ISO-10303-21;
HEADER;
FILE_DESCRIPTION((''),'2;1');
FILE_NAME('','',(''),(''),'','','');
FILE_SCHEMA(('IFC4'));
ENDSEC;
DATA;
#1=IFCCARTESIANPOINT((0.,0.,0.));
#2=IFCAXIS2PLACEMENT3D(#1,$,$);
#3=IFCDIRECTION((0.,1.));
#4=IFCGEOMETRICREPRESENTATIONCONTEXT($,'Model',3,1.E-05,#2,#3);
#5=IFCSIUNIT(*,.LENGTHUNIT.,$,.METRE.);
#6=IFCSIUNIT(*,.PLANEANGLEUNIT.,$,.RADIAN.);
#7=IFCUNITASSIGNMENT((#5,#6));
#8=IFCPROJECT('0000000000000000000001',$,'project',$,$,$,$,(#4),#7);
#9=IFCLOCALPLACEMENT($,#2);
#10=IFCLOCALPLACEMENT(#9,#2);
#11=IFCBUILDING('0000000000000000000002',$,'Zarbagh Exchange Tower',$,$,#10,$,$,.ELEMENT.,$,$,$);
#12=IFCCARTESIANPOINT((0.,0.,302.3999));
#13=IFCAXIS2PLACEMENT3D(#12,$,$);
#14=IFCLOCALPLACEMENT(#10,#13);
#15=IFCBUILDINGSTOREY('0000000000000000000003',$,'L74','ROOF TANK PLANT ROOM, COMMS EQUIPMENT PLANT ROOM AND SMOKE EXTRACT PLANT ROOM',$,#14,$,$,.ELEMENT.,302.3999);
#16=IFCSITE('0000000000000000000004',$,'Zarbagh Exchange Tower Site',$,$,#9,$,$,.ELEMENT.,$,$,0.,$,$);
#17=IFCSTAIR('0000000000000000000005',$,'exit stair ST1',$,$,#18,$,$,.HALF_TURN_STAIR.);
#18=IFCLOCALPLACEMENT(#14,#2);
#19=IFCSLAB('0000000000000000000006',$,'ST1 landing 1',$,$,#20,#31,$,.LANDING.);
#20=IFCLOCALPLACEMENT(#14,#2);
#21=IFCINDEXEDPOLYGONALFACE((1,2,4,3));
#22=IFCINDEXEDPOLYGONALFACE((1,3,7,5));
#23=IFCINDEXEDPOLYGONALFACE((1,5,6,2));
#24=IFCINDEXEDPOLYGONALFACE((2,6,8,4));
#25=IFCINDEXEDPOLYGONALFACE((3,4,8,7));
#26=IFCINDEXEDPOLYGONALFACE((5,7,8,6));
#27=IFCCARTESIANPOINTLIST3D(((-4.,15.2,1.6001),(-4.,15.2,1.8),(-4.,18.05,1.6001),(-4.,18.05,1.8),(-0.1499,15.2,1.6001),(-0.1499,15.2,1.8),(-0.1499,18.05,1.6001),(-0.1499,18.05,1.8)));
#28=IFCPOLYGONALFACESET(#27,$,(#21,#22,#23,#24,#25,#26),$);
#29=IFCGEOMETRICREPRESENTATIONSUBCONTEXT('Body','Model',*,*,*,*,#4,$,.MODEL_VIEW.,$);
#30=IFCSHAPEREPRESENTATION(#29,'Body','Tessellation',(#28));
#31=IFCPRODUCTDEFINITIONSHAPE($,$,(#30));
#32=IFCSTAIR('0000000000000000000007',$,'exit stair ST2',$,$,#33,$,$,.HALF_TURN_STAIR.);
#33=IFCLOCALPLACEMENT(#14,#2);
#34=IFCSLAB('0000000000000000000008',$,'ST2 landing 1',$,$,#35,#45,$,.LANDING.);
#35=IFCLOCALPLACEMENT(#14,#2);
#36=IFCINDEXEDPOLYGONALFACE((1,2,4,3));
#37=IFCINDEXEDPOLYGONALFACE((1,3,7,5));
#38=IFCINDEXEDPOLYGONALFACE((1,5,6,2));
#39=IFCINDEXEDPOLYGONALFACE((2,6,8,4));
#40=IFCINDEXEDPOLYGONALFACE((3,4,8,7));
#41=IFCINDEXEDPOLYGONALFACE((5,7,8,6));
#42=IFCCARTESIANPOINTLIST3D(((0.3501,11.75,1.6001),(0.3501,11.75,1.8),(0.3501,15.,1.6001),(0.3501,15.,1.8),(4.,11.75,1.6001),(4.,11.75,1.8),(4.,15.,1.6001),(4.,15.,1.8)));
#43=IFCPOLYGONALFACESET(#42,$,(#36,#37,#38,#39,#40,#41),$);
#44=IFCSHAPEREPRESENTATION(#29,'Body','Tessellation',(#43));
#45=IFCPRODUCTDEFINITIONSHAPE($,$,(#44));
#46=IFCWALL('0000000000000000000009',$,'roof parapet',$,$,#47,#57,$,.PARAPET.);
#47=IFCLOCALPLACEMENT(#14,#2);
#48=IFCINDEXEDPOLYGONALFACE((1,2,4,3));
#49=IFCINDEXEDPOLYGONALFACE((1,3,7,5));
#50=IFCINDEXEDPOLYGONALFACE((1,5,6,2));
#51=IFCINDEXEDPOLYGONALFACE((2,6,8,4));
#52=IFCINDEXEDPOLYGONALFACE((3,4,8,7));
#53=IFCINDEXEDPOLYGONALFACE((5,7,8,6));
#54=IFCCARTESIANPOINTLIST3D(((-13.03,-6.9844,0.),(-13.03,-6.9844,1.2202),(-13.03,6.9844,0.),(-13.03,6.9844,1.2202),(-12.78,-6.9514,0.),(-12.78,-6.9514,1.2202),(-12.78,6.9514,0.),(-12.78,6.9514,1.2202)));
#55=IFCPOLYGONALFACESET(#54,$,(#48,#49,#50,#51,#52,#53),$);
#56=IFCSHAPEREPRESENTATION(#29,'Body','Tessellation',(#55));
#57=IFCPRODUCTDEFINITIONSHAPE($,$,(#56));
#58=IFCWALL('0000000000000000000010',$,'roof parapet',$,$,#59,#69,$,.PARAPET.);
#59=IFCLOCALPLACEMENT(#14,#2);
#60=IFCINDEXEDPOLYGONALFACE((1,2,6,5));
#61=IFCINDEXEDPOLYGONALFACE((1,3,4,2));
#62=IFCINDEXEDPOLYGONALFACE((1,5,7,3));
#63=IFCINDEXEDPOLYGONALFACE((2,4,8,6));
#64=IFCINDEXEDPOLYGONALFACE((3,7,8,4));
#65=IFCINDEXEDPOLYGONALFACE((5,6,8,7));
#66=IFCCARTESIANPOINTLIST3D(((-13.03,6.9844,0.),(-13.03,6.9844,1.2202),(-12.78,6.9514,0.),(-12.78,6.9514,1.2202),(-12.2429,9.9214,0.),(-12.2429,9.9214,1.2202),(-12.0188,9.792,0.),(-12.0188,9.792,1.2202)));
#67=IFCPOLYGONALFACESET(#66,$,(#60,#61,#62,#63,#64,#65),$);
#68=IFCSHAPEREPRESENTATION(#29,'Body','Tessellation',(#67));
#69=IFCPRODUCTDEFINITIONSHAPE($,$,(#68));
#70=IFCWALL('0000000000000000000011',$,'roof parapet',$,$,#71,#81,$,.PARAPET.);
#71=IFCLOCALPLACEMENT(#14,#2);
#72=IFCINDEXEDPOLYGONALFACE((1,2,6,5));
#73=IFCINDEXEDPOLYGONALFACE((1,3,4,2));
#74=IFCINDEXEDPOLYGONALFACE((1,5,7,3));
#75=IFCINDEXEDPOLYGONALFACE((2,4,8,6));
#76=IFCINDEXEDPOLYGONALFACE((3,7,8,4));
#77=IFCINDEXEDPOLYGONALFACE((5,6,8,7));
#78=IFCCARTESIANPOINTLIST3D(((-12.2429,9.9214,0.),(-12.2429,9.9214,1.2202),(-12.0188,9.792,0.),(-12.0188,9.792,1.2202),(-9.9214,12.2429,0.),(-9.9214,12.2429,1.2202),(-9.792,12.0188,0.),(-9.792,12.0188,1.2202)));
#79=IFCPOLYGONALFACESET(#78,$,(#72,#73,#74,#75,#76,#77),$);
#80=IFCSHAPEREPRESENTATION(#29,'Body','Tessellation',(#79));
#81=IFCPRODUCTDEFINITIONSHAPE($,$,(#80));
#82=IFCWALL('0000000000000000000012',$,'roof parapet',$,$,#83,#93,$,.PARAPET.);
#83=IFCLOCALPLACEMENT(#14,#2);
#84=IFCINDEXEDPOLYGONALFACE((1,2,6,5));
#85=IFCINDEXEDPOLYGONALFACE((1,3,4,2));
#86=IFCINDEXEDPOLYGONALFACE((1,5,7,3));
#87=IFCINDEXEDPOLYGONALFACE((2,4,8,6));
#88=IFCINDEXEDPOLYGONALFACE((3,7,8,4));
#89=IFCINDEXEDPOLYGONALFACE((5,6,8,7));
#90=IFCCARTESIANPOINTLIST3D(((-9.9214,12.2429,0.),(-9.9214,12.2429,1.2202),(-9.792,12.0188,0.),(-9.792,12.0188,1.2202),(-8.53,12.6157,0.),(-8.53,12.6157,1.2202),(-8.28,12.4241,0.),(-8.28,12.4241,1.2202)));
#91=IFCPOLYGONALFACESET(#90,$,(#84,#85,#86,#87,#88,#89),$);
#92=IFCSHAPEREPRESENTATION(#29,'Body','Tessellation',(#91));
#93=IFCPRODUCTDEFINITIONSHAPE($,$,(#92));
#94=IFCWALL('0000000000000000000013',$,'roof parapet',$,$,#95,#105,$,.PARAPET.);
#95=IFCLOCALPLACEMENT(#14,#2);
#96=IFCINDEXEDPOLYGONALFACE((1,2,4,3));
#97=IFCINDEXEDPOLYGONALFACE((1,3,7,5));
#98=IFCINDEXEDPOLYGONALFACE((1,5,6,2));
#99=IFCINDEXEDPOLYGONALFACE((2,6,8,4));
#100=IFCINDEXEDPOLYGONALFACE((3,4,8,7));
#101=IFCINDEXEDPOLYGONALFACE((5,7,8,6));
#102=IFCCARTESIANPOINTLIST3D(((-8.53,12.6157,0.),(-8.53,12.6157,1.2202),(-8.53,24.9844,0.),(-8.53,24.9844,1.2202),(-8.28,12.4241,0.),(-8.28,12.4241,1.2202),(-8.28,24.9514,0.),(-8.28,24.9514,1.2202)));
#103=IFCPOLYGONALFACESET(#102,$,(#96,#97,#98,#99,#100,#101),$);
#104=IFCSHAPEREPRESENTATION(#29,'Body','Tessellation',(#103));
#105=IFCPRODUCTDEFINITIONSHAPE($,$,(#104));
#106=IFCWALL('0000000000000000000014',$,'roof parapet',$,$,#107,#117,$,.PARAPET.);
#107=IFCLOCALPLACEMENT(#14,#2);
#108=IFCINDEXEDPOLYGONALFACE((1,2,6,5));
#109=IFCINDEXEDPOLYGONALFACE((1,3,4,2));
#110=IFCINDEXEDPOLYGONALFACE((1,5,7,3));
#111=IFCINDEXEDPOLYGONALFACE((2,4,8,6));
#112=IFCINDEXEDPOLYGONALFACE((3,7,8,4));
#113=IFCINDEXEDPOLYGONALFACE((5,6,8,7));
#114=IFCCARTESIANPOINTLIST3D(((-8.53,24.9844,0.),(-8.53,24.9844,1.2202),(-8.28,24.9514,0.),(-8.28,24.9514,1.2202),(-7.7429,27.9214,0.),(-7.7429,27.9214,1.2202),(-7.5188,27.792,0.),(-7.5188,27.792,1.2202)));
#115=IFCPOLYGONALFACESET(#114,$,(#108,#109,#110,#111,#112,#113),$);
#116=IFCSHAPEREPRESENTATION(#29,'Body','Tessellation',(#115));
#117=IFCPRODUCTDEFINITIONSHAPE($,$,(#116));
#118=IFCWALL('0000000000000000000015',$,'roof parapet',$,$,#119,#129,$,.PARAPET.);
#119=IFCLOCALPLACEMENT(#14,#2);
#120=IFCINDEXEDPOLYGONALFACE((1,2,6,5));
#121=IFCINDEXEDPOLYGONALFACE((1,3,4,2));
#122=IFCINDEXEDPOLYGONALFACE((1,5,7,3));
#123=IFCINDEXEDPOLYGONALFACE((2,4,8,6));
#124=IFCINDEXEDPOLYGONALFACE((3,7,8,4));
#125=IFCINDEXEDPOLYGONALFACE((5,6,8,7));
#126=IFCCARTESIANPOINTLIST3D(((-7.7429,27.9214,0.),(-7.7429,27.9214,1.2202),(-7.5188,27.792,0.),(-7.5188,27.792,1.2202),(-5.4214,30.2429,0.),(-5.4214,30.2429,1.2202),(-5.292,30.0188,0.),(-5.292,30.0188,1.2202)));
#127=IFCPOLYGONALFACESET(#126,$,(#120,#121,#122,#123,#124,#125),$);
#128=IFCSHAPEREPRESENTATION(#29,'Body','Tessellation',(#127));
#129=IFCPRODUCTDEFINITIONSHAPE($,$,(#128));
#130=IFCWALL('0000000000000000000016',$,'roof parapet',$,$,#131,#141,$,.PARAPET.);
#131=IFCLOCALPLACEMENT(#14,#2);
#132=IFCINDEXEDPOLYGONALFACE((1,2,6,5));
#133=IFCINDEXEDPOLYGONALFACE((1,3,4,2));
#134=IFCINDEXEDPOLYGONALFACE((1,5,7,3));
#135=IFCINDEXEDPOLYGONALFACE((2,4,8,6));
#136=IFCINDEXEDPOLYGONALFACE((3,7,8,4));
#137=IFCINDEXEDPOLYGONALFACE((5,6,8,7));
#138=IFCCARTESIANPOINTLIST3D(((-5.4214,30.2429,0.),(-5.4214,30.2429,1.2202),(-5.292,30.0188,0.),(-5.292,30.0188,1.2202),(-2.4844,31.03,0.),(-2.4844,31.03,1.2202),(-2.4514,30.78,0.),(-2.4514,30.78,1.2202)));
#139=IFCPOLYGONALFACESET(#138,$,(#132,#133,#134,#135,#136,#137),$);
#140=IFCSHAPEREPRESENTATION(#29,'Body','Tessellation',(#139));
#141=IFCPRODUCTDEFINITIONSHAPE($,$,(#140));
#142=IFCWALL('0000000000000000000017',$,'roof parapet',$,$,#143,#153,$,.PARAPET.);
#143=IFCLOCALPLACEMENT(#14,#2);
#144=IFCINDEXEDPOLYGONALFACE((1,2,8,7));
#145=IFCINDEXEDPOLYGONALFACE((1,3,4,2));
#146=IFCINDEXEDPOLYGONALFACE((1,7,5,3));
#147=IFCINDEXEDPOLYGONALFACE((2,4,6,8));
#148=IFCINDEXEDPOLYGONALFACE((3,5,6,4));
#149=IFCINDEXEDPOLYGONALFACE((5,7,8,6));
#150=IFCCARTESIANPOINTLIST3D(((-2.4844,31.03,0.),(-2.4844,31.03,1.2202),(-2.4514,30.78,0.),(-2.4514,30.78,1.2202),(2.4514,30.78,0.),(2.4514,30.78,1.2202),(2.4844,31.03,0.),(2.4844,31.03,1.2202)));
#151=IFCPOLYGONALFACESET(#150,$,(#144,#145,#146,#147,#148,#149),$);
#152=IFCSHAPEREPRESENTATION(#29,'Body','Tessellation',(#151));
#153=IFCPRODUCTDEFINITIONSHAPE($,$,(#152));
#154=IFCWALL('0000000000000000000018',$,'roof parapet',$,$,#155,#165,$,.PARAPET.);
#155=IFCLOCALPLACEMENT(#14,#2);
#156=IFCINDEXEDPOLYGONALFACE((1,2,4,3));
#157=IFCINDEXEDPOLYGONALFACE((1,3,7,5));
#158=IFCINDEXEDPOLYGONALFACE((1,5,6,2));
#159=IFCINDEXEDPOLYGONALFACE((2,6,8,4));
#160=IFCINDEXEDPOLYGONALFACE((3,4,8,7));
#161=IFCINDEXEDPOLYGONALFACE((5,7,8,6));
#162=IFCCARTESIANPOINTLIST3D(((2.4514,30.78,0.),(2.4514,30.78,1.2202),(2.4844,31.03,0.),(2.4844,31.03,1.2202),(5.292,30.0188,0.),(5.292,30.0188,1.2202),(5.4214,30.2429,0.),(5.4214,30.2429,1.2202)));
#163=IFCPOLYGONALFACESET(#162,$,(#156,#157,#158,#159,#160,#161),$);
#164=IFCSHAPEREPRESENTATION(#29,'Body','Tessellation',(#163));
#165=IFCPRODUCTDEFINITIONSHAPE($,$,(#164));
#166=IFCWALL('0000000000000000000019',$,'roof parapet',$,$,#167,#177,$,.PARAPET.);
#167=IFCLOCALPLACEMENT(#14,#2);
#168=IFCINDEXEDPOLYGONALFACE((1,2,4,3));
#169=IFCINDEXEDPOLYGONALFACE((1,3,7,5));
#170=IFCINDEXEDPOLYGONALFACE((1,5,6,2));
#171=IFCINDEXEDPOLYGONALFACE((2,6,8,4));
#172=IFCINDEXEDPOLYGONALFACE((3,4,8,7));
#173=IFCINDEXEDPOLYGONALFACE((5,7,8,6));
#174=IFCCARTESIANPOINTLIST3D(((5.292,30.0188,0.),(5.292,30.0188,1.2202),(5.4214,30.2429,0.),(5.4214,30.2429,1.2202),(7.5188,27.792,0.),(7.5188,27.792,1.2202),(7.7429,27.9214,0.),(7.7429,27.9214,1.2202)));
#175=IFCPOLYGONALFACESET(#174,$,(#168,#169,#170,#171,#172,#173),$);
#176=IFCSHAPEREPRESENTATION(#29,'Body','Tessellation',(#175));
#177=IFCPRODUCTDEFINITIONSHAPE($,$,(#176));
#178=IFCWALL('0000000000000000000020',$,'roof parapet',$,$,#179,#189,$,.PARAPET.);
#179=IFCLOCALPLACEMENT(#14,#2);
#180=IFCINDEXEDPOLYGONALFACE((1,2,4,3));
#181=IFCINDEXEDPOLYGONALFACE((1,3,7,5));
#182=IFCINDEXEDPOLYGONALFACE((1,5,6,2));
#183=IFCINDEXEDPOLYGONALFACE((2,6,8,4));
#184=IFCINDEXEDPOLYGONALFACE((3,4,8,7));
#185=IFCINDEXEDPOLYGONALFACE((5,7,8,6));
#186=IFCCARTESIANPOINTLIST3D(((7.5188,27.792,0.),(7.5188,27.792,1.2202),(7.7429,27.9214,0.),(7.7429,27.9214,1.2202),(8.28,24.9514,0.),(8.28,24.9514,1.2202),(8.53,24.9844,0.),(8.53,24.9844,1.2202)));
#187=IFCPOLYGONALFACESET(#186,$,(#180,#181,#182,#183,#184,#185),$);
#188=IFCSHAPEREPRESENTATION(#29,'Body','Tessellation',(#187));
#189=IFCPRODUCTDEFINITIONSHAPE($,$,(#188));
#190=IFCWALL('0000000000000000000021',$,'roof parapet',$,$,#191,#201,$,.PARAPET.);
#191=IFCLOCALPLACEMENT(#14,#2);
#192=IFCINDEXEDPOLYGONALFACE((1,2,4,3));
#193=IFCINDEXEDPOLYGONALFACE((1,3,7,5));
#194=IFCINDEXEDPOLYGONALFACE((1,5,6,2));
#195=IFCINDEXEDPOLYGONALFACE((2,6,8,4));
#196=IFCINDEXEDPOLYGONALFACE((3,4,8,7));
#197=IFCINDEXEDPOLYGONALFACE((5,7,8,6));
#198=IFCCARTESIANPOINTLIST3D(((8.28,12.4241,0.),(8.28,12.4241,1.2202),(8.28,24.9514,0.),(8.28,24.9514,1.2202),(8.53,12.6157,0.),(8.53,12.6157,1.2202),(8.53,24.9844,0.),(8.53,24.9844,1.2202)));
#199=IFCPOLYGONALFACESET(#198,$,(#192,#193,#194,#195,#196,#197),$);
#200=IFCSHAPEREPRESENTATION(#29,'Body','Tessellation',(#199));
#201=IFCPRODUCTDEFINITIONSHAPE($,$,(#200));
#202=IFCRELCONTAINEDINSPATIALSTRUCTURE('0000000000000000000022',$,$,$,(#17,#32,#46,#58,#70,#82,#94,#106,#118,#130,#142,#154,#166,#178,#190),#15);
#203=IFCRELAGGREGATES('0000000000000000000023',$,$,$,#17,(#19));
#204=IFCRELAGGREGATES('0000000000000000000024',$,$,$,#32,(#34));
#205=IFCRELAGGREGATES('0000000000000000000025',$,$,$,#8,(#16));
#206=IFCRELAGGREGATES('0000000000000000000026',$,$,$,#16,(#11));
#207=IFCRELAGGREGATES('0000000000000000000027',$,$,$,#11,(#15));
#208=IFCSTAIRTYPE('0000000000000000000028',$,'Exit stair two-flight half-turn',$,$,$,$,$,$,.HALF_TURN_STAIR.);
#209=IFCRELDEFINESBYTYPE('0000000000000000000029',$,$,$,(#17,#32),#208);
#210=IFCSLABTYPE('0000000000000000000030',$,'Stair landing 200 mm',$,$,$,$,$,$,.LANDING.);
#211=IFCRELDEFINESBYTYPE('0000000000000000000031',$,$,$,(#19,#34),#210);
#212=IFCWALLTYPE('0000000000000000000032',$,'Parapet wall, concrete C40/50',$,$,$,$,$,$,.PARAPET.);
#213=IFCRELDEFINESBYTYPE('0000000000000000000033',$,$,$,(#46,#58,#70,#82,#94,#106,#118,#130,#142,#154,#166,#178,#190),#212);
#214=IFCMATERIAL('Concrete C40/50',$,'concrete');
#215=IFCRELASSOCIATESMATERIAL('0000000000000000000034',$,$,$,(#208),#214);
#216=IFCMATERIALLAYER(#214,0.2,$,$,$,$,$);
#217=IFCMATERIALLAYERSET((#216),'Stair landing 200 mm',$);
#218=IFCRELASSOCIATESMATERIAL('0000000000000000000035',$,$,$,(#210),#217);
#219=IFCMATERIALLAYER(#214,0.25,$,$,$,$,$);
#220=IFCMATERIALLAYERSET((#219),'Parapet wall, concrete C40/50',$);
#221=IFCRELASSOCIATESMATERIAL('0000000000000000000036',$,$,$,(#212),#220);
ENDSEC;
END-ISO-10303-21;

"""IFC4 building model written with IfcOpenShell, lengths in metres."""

from ifc_helpers import new_model, si_unit, direction, frame, origin, place, context, subcontext, project, spatial, polyline, outline, extrude, material, layer, layer_set, type_object, element, aggregate, save


model = new_model("IFC4")

# Units and contexts
model_context = context("Model", 3, precision=1e-05, world=origin(), true_north=direction((0.0, 1.0)))
body_context = subcontext(model_context, "Body", "Model", "MODEL_VIEW")
ifc_project = project(units=[si_unit("LENGTHUNIT", "METRE"), si_unit("PLANEANGLEUNIT", "RADIAN")], contexts=[model_context])

# Site, building, storey
site_placement = place(None, origin())
site = spatial("IfcSite", under=ifc_project, at=site_placement, Name="Zarbagh Exchange Tower Site", CompositionType="ELEMENT", RefElevation=0.0)
building_placement = place(site_placement, origin())
building = spatial("IfcBuilding", under=site, at=building_placement, Name="Zarbagh Exchange Tower", CompositionType="ELEMENT")
storey_placement = place(building_placement, frame((0.0, 0.0, 302.3999)))
storey = spatial("IfcBuildingStorey", under=building, at=storey_placement, Name="L74", Description="ROOF TANK PLANT ROOM, COMMS EQUIPMENT PLANT ROOM AND SMOKE EXTRACT PLANT ROOM", CompositionType="ELEMENT", Elevation=302.3999)

# Stairs, slabs
ifc_material_1 = material(Name="Concrete C40/50", Category="concrete")
stair_type = type_object("IfcStairType", Name="Exit stair two-flight half-turn", PredefinedType="HALF_TURN_STAIR", material=ifc_material_1)
stair_1_placement = place(storey_placement, origin())
stair_1 = element("IfcStair", 1, at=stair_1_placement, inside=storey, type_object=stair_type, Name="exit stair ST1", PredefinedType="HALF_TURN_STAIR")
ifc_layer_1 = layer(ifc_material_1, 0.2)
ifc_layer_set_1 = layer_set([ifc_layer_1], Name="Stair landing 200 mm")
slab_type = type_object("IfcSlabType", Name="Stair landing 200 mm", PredefinedType="LANDING", material=ifc_layer_set_1)
slab_1_placement = place(storey_placement, frame((0.0, 0.0, 1.6001)))
slab_1 = element("IfcSlab", 2, at=slab_1_placement, type_object=slab_type, Name="ST1 landing 1", PredefinedType="LANDING", context=body_context, shape_type="SweptSolid", body=[
    extrude(outline(polyline([(-0.1499, 18.05), (-4.0, 18.05), (-4.0, 15.2), (-0.1499, 15.2), (-0.1499, 18.05)])), origin(), (0.0, 0.0, 1.0), 0.2),
])
aggregate(stair_1, [slab_1])
stair_2_placement = place(storey_placement, origin())
stair_2 = element("IfcStair", 3, at=stair_2_placement, inside=storey, type_object=stair_type, Name="exit stair ST2", PredefinedType="HALF_TURN_STAIR")
slab_2_placement = place(storey_placement, frame((0.0, 0.0, 1.6001)))
slab_2 = element("IfcSlab", 4, at=slab_2_placement, type_object=slab_type, Name="ST2 landing 1", PredefinedType="LANDING", context=body_context, shape_type="SweptSolid", body=[
    extrude(outline(polyline([(0.3501, 11.75), (4.0, 11.75), (4.0, 15.0), (0.3501, 15.0), (0.3501, 11.75)])), origin(), (0.0, 0.0, 1.0), 0.2),
])
aggregate(stair_2, [slab_2])

# Walls
ifc_layer_2 = layer(ifc_material_1, 0.25)
ifc_layer_set_2 = layer_set([ifc_layer_2], Name="Parapet wall, concrete C40/50")
wall_type_1 = type_object("IfcWallType", Name="Parapet wall, concrete C40/50", PredefinedType="PARAPET", material=ifc_layer_set_2)
wall_1_placement = place(storey_placement, origin())
element("IfcWall", 5, at=wall_1_placement, inside=storey, type_object=wall_type_1, Name="roof parapet", PredefinedType="PARAPET", context=body_context, shape_type="SweptSolid", body=[
    extrude(outline(polyline([(-13.03, -6.9844), (-13.03, 6.9844), (-12.78, 6.9514), (-12.78, -6.9514), (-13.03, -6.9844)])), origin(), (0.0, 0.0, 1.0), 1.2202),
])
wall_2_placement = place(storey_placement, origin())
element("IfcWall", 6, at=wall_2_placement, inside=storey, type_object=wall_type_1, Name="roof parapet", PredefinedType="PARAPET", context=body_context, shape_type="SweptSolid", body=[
    extrude(outline(polyline([(-13.03, 6.9844), (-12.2429, 9.9214), (-12.0188, 9.792), (-12.78, 6.9514), (-13.03, 6.9844)])), origin(), (0.0, 0.0, 1.0), 1.2202),
])
wall_3_placement = place(storey_placement, origin())
element("IfcWall", 7, at=wall_3_placement, inside=storey, type_object=wall_type_1, Name="roof parapet", PredefinedType="PARAPET", context=body_context, shape_type="SweptSolid", body=[
    extrude(outline(polyline([(-12.2429, 9.9214), (-9.9214, 12.2429), (-9.792, 12.0188), (-12.0188, 9.792), (-12.2429, 9.9214)])), origin(), (0.0, 0.0, 1.0), 1.2202),
])
wall_4_placement = place(storey_placement, origin())
element("IfcWall", 8, at=wall_4_placement, inside=storey, type_object=wall_type_1, Name="roof parapet", PredefinedType="PARAPET", context=body_context, shape_type="SweptSolid", body=[
    extrude(outline(polyline([(-9.9214, 12.2429), (-8.53, 12.6157), (-8.28, 12.4241), (-9.792, 12.0188), (-9.9214, 12.2429)])), origin(), (0.0, 0.0, 1.0), 1.2202),
])
wall_5_placement = place(storey_placement, origin())
element("IfcWall", 9, at=wall_5_placement, inside=storey, type_object=wall_type_1, Name="roof parapet", PredefinedType="PARAPET", context=body_context, shape_type="SweptSolid", body=[
    extrude(outline(polyline([(-8.53, 12.6157), (-8.53, 24.9844), (-8.28, 24.9514), (-8.28, 12.4241), (-8.53, 12.6157)])), origin(), (0.0, 0.0, 1.0), 1.2202),
])
wall_6_placement = place(storey_placement, origin())
element("IfcWall", 10, at=wall_6_placement, inside=storey, type_object=wall_type_1, Name="roof parapet", PredefinedType="PARAPET", context=body_context, shape_type="SweptSolid", body=[
    extrude(outline(polyline([(-8.53, 24.9844), (-7.7429, 27.9214), (-7.5188, 27.792), (-8.28, 24.9514), (-8.53, 24.9844)])), origin(), (0.0, 0.0, 1.0), 1.2202),
])
wall_7_placement = place(storey_placement, origin())
element("IfcWall", 11, at=wall_7_placement, inside=storey, type_object=wall_type_1, Name="roof parapet", PredefinedType="PARAPET", context=body_context, shape_type="SweptSolid", body=[
    extrude(outline(polyline([(-7.7429, 27.9214), (-5.4214, 30.2429), (-5.292, 30.0188), (-7.5188, 27.792), (-7.7429, 27.9214)])), origin(), (0.0, 0.0, 1.0), 1.2202),
])
wall_8_placement = place(storey_placement, origin())
element("IfcWall", 12, at=wall_8_placement, inside=storey, type_object=wall_type_1, Name="roof parapet", PredefinedType="PARAPET", context=body_context, shape_type="SweptSolid", body=[
    extrude(outline(polyline([(-5.4214, 30.2429), (-2.4844, 31.03), (-2.4514, 30.78), (-5.292, 30.0188), (-5.4214, 30.2429)])), origin(), (0.0, 0.0, 1.0), 1.2202),
])
wall_9_placement = place(storey_placement, origin())
element("IfcWall", 13, at=wall_9_placement, inside=storey, type_object=wall_type_1, Name="roof parapet", PredefinedType="PARAPET", context=body_context, shape_type="SweptSolid", body=[
    extrude(outline(polyline([(-2.4844, 31.03), (2.4844, 31.03), (2.4514, 30.78), (-2.4514, 30.78), (-2.4844, 31.03)])), origin(), (0.0, 0.0, 1.0), 1.2202),
])
wall_10_placement = place(storey_placement, origin())
element("IfcWall", 14, at=wall_10_placement, inside=storey, type_object=wall_type_1, Name="roof parapet", PredefinedType="PARAPET", context=body_context, shape_type="SweptSolid", body=[
    extrude(outline(polyline([(2.4844, 31.03), (5.4214, 30.2429), (5.292, 30.0188), (2.4514, 30.78), (2.4844, 31.03)])), origin(), (0.0, 0.0, 1.0), 1.2202),
])
wall_11_placement = place(storey_placement, origin())
element("IfcWall", 15, at=wall_11_placement, inside=storey, type_object=wall_type_1, Name="roof parapet", PredefinedType="PARAPET", context=body_context, shape_type="SweptSolid", body=[
    extrude(outline(polyline([(5.4214, 30.2429), (7.7429, 27.9214), (7.5188, 27.792), (5.292, 30.0188), (5.4214, 30.2429)])), origin(), (0.0, 0.0, 1.0), 1.2202),
])
wall_12_placement = place(storey_placement, origin())
element("IfcWall", 16, at=wall_12_placement, inside=storey, type_object=wall_type_1, Name="roof parapet", PredefinedType="PARAPET", context=body_context, shape_type="SweptSolid", body=[
    extrude(outline(polyline([(7.7429, 27.9214), (8.53, 24.9844), (8.28, 24.9514), (7.5188, 27.792), (7.7429, 27.9214)])), origin(), (0.0, 0.0, 1.0), 1.2202),
])
wall_13_placement = place(storey_placement, origin())
element("IfcWall", 17, at=wall_13_placement, inside=storey, type_object=wall_type_1, Name="roof parapet", PredefinedType="PARAPET", context=body_context, shape_type="SweptSolid", body=[
    extrude(outline(polyline([(8.53, 24.9844), (8.53, 12.6157), (8.28, 12.4241), (8.28, 24.9514), (8.53, 24.9844)])), origin(), (0.0, 0.0, 1.0), 1.2202),
])

save(model, "model.ifc")
